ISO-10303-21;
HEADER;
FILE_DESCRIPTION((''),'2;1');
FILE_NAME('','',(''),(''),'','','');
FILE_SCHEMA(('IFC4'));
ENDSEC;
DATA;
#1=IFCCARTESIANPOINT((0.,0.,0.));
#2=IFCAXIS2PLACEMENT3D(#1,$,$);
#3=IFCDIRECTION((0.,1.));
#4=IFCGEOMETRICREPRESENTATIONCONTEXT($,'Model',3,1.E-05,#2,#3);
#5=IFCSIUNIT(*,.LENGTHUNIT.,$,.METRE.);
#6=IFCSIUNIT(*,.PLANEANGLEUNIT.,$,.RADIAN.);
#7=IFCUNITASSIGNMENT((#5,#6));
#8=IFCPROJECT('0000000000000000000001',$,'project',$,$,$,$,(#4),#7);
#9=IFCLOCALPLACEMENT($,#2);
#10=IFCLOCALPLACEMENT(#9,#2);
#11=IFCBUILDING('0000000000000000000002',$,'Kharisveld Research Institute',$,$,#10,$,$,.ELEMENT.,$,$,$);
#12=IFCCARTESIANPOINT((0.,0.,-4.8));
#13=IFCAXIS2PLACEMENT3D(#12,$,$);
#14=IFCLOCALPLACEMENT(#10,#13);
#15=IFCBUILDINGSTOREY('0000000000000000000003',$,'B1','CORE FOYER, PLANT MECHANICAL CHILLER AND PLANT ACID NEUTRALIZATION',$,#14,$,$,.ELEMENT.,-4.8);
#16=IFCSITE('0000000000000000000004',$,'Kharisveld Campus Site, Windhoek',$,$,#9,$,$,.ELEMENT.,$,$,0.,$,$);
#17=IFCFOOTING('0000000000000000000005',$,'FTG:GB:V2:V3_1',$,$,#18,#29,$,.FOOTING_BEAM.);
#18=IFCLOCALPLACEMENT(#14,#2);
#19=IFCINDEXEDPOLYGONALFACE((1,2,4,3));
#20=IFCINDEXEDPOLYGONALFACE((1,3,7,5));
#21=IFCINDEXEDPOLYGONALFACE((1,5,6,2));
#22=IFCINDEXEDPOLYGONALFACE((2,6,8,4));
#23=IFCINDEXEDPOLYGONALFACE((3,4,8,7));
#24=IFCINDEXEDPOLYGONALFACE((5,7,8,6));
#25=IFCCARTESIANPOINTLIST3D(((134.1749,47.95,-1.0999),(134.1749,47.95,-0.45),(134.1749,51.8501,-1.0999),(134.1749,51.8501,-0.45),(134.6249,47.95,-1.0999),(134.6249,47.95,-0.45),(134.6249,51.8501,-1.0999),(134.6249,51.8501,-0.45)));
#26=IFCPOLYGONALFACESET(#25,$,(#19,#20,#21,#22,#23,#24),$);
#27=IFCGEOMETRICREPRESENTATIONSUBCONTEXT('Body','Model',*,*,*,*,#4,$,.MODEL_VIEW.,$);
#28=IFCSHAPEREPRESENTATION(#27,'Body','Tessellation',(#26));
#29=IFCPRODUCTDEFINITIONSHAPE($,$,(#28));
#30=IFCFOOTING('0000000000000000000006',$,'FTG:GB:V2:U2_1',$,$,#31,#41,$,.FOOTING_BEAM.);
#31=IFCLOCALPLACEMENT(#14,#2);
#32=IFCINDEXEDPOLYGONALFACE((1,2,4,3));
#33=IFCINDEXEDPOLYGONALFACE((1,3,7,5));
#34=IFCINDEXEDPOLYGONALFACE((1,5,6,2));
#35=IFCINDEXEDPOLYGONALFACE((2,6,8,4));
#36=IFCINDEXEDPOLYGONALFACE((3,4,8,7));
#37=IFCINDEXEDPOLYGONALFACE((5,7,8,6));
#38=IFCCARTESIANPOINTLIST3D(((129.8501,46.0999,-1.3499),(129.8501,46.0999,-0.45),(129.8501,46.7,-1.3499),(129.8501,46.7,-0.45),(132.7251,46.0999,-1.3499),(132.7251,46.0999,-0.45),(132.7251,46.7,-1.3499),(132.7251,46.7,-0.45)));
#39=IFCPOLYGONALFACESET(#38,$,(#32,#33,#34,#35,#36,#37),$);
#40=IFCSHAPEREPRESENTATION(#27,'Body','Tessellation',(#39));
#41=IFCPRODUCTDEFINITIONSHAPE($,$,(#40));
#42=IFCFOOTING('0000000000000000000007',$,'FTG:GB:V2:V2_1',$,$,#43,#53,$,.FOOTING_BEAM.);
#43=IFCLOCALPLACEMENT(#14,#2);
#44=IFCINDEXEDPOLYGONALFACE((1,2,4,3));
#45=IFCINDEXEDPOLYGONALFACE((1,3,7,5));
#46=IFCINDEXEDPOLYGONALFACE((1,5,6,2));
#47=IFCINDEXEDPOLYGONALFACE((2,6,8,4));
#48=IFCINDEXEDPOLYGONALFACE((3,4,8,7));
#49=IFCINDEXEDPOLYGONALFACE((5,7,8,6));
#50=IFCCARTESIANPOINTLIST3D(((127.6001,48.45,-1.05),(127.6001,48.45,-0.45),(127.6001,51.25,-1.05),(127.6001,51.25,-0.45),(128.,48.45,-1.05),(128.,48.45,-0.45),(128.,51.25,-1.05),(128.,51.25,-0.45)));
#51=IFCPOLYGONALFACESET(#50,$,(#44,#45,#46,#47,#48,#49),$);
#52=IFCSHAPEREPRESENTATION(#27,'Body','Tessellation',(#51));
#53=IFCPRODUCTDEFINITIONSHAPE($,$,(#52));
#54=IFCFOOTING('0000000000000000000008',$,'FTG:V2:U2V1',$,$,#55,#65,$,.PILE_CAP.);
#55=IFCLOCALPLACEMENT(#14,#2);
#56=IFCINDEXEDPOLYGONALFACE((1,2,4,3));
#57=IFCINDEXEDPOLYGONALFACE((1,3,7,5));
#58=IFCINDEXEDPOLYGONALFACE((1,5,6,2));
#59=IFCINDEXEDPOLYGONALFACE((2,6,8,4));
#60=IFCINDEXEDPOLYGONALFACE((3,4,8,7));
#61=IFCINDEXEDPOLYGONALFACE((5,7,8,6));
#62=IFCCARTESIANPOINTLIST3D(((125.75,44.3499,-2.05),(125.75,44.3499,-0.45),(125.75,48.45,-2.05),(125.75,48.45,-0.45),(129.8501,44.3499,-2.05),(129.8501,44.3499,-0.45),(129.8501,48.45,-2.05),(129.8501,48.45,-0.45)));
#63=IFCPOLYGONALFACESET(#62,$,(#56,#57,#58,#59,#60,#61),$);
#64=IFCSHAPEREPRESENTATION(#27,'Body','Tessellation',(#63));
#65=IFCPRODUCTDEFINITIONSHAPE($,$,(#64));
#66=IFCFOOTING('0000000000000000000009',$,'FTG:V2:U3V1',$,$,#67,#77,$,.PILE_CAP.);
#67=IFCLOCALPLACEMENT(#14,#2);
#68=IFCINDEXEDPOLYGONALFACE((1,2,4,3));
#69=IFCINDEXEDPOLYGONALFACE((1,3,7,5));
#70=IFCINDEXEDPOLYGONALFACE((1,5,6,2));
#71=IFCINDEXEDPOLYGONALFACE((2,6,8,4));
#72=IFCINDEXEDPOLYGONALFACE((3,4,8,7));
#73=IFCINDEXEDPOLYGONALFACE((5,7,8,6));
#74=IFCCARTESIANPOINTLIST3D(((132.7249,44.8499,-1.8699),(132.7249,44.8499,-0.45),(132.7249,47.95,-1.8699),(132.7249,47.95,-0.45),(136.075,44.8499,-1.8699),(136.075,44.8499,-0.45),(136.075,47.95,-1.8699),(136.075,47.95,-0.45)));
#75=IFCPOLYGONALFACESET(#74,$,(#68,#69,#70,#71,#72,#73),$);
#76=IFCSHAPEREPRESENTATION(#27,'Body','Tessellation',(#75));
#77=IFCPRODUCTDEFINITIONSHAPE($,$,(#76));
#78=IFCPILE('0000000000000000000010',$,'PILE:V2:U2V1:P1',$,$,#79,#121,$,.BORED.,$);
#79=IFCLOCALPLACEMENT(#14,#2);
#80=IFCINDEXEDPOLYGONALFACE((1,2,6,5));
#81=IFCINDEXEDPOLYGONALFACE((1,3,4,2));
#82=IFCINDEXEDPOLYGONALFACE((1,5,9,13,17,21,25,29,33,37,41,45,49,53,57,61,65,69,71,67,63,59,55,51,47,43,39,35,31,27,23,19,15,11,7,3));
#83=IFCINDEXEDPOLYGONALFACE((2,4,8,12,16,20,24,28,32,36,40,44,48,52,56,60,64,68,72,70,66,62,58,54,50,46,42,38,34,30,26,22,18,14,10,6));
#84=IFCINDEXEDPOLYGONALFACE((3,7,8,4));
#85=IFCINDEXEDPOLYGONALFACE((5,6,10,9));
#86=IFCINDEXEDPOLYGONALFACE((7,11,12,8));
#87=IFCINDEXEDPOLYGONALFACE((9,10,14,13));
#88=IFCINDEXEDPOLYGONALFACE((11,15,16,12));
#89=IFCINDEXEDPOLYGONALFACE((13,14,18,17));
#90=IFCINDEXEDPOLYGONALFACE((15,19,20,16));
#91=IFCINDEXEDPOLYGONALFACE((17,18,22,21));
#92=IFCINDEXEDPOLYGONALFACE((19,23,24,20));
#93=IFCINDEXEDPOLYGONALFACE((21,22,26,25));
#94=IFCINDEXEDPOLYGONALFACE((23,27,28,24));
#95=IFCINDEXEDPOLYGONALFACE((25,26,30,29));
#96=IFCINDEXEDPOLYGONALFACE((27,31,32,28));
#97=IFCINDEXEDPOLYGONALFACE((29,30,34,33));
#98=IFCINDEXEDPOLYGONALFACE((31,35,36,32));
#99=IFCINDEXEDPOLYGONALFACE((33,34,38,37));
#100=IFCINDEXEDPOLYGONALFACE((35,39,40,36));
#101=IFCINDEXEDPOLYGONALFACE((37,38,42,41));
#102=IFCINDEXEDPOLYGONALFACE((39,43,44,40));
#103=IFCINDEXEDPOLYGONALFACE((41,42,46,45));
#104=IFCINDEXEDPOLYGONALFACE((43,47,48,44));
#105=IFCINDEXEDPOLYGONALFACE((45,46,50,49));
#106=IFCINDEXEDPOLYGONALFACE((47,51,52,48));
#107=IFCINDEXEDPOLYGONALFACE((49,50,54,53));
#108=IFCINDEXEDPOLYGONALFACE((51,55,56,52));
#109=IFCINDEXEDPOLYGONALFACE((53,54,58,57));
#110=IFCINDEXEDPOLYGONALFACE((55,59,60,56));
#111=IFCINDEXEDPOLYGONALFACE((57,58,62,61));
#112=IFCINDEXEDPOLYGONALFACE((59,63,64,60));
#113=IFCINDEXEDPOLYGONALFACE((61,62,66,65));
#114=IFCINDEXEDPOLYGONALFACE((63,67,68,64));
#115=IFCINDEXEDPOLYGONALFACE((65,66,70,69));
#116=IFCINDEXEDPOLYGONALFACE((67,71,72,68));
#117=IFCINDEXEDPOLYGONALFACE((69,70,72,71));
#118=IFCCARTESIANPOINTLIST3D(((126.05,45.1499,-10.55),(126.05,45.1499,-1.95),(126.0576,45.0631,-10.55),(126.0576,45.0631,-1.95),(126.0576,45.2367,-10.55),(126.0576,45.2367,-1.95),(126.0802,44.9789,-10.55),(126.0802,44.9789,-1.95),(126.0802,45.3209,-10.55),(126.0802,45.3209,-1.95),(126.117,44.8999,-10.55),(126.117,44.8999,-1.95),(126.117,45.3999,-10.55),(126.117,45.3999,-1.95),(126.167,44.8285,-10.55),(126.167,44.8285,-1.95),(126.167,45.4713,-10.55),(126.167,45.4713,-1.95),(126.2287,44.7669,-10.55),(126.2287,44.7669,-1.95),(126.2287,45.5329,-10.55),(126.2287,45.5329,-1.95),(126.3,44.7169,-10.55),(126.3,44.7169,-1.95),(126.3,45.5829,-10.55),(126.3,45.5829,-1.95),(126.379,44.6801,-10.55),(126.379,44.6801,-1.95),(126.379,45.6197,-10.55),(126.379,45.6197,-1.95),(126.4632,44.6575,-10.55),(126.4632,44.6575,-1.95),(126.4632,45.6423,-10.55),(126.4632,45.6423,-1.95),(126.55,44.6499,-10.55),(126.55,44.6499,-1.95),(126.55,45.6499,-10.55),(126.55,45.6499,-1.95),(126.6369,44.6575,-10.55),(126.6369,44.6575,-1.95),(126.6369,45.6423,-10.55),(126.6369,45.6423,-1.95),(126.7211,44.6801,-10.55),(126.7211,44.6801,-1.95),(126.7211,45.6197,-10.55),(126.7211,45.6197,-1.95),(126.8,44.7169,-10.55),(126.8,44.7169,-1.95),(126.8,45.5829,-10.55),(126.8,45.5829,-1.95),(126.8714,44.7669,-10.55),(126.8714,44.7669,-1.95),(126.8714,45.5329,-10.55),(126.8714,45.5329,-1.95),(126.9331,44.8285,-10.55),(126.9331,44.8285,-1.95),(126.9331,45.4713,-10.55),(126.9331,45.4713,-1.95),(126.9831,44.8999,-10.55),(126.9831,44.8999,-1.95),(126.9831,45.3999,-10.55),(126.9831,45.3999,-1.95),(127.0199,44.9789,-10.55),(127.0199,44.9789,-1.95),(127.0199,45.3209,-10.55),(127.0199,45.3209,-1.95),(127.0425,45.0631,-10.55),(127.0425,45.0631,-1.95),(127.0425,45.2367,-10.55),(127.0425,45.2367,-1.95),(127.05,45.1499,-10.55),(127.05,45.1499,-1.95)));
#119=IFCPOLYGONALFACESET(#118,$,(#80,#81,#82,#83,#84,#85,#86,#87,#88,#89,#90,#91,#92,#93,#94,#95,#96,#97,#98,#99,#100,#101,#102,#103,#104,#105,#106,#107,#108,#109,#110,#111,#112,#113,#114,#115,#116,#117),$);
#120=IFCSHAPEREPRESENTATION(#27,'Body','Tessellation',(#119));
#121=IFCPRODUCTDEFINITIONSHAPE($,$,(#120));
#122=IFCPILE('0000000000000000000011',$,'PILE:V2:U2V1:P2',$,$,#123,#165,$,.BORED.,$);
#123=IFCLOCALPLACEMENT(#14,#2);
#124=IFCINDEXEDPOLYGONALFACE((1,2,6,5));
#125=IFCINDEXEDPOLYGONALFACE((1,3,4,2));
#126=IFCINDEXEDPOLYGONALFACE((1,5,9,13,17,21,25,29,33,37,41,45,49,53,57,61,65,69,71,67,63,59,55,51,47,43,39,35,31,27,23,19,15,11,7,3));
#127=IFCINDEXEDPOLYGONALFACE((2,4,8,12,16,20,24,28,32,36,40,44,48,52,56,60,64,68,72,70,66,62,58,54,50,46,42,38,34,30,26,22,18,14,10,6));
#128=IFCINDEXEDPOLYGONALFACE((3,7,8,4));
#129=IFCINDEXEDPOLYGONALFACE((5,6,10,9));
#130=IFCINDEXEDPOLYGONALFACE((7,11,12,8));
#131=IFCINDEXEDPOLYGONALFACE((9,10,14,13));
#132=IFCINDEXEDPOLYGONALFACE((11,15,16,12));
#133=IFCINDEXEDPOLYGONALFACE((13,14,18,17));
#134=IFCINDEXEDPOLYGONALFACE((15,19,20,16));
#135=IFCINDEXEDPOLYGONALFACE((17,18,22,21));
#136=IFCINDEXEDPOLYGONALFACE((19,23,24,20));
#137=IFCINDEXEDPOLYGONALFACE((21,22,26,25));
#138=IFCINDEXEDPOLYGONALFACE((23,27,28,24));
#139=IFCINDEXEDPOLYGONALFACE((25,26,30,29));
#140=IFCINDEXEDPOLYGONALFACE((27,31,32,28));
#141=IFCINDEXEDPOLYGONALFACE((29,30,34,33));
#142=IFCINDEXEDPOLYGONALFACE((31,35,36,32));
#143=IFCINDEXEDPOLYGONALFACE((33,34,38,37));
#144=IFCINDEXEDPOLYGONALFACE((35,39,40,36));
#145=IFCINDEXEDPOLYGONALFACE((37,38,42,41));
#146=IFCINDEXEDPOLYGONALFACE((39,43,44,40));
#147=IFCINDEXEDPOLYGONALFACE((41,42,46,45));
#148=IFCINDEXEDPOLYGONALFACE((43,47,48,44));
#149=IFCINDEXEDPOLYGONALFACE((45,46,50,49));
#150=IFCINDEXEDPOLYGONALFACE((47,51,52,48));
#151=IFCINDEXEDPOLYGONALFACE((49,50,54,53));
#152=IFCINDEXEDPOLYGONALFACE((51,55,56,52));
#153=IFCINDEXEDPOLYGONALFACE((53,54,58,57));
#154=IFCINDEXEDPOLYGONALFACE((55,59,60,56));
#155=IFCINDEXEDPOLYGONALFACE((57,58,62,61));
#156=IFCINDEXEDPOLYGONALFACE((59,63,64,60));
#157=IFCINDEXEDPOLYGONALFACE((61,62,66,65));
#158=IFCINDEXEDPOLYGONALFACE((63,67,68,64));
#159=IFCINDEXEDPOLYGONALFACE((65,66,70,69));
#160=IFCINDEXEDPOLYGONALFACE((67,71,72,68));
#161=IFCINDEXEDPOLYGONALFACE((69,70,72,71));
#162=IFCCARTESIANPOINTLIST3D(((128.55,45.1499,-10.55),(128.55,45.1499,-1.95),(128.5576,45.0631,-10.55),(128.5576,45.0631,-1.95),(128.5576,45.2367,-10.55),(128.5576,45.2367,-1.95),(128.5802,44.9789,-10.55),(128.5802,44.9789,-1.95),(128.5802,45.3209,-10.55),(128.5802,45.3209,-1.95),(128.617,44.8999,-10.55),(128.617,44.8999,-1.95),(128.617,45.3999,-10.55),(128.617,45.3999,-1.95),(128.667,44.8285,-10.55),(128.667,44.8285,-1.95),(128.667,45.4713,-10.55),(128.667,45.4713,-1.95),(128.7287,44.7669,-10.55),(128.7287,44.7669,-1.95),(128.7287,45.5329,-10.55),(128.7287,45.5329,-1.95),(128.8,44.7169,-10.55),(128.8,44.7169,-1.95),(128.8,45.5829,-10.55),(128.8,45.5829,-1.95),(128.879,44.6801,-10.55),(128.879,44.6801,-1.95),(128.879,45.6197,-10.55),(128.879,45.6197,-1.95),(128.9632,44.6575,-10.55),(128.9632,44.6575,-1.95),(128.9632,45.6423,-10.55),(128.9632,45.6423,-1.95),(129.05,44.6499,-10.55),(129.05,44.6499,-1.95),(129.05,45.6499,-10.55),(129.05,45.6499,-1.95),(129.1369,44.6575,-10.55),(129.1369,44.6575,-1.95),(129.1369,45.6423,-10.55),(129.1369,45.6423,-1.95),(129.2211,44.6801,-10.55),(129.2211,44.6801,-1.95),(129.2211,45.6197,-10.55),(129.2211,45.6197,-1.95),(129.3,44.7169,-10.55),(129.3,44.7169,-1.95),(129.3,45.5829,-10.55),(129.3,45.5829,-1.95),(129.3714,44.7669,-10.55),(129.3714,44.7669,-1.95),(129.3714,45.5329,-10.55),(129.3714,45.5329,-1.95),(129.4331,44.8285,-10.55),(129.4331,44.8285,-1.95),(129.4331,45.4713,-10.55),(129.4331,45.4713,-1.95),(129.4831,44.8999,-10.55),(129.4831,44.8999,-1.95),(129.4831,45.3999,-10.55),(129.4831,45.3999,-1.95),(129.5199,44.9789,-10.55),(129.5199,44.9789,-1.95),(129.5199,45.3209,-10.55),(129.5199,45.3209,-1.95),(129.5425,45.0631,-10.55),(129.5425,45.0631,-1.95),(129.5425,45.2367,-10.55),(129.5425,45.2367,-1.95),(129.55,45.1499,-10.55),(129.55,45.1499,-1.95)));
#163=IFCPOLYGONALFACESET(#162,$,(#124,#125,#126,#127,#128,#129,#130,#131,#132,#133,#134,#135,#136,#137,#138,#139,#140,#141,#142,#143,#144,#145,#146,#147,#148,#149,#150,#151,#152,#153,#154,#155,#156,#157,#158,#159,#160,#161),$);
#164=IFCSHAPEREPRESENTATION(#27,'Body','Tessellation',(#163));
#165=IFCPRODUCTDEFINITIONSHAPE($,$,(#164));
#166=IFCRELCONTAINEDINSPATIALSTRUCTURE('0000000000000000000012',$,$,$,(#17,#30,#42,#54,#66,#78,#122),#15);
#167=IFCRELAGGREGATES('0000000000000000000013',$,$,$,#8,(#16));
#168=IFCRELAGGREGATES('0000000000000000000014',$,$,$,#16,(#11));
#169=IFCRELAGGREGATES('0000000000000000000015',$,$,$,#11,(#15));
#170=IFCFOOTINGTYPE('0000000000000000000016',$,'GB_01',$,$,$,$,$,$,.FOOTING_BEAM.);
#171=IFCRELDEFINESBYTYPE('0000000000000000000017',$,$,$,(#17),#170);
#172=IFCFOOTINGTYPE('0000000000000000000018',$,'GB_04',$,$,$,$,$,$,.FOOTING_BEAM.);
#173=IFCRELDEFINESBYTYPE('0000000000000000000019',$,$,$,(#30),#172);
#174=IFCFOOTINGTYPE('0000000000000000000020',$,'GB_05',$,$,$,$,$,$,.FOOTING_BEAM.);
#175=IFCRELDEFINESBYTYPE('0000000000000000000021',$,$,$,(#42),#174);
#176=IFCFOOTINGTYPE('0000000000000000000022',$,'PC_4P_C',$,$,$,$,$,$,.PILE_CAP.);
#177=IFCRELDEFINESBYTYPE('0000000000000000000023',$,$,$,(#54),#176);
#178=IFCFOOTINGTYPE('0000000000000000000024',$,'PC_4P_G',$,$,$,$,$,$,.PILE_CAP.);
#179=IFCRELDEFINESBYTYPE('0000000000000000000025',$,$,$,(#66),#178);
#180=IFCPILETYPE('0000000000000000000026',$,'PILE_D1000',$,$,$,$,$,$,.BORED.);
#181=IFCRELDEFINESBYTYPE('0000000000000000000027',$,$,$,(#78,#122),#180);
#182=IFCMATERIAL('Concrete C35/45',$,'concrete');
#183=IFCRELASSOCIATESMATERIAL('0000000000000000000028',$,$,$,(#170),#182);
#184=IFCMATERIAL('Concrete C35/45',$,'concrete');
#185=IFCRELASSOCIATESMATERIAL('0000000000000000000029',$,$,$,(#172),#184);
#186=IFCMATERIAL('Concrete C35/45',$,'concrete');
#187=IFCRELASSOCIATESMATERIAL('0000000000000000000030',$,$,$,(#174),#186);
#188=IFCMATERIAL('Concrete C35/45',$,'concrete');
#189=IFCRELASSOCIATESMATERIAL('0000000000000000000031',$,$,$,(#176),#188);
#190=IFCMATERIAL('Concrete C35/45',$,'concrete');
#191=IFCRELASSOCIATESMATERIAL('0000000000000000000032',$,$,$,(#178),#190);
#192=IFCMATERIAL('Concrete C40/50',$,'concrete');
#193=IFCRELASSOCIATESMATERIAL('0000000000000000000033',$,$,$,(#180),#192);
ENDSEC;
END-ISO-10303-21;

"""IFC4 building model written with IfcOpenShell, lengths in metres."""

from ifc_helpers import new_model, si_unit, direction, frame, origin, origin_2d, place, context, subcontext, project, spatial, rectangle, circle, extrude, material, material_profile, profile_set, type_object, element, save


model = new_model("IFC4")

# Units and contexts
model_context = context("Model", 3, precision=1e-05, world=origin(), true_north=direction((0.0, 1.0)))
body_context = subcontext(model_context, "Body", "Model", "MODEL_VIEW")
ifc_project = project(units=[si_unit("LENGTHUNIT", "METRE"), si_unit("PLANEANGLEUNIT", "RADIAN")], contexts=[model_context])

# Site, building, storey
site_placement = place(None, origin())
site = spatial("IfcSite", under=ifc_project, at=site_placement, Name="Kharisveld Campus Site, Windhoek", CompositionType="ELEMENT", RefElevation=0.0)
building_placement = place(site_placement, origin())
building = spatial("IfcBuilding", under=site, at=building_placement, Name="Kharisveld Research Institute", CompositionType="ELEMENT")
storey_placement = place(building_placement, frame((0.0, 0.0, -4.8)))
storey = spatial("IfcBuildingStorey", under=building, at=storey_placement, Name="B1", Description="CORE FOYER, PLANT MECHANICAL CHILLER AND PLANT ACID NEUTRALIZATION", CompositionType="ELEMENT", Elevation=-4.8)

# Footings
ifc_material_1 = material(Name="Concrete C35/45", Category="concrete")
ifc_material_profile_1 = material_profile(ifc_material_1, rectangle(XDim=0.45, YDim=0.6499, at=origin_2d()))
ifc_profile_set_1 = profile_set([ifc_material_profile_1], Name="Concrete C35/45")
footing_type_1 = type_object("IfcFootingType", Name="GB_01", PredefinedType="FOOTING_BEAM", material=ifc_profile_set_1)
footing_1_placement = place(storey_placement, frame((134.3999, 47.95, -0.7749), z_axis=(0.0, 1.0, 0.0), x_axis=(-1.0, 0.0, 0.0)))
element("IfcFooting", 1, at=footing_1_placement, inside=storey, type_object=footing_type_1, Name="FTG:GB:V2:V3_1", PredefinedType="FOOTING_BEAM", context=body_context, shape_type="SweptSolid", body=[
    extrude(rectangle(XDim=0.45, YDim=0.6499, at=origin_2d()), origin(), (0.0, 0.0, 1.0), 3.9001),
])
ifc_material_2 = material(Name="Concrete C35/45", Category="concrete")
ifc_material_profile_2 = material_profile(ifc_material_2, rectangle(XDim=0.6001, YDim=0.8999, at=origin_2d()))
ifc_profile_set_2 = profile_set([ifc_material_profile_2], Name="Concrete C35/45")
footing_type_2 = type_object("IfcFootingType", Name="GB_04", PredefinedType="FOOTING_BEAM", material=ifc_profile_set_2)
footing_2_placement = place(storey_placement, frame((129.8501, 46.3999, -0.8999), z_axis=(1.0, 0.0, 0.0), x_axis=(0.0, 1.0, 0.0)))
element("IfcFooting", 2, at=footing_2_placement, inside=storey, type_object=footing_type_2, Name="FTG:GB:V2:U2_1", PredefinedType="FOOTING_BEAM", context=body_context, shape_type="SweptSolid", body=[
    extrude(rectangle(XDim=0.6001, YDim=0.8999, at=origin_2d()), origin(), (0.0, 0.0, 1.0), 2.875),
])
ifc_material_3 = material(Name="Concrete C35/45", Category="concrete")
ifc_material_profile_3 = material_profile(ifc_material_3, rectangle(XDim=0.3999, YDim=0.6001, at=origin_2d()))
ifc_profile_set_3 = profile_set([ifc_material_profile_3], Name="Concrete C35/45")
footing_type_3 = type_object("IfcFootingType", Name="GB_05", PredefinedType="FOOTING_BEAM", material=ifc_profile_set_3)
footing_3_placement = place(storey_placement, frame((127.8, 48.45, -0.75), z_axis=(0.0, 1.0, 0.0), x_axis=(-1.0, 0.0, 0.0)))
element("IfcFooting", 3, at=footing_3_placement, inside=storey, type_object=footing_type_3, Name="FTG:GB:V2:V2_1", PredefinedType="FOOTING_BEAM", context=body_context, shape_type="SweptSolid", body=[
    extrude(rectangle(XDim=0.3999, YDim=0.6001, at=origin_2d()), origin(), (0.0, 0.0, 1.0), 2.8),
])
ifc_material_4 = material(Name="Concrete C35/45", Category="concrete")
footing_type_4 = type_object("IfcFootingType", Name="PC_4P_C", PredefinedType="PILE_CAP", material=ifc_material_4)
footing_4_placement = place(storey_placement, frame((127.8, 46.3999, -2.05), z_axis=(0.0, 0.0, 1.0), x_axis=(1.0, 0.0, 0.0)))
element("IfcFooting", 4, at=footing_4_placement, inside=storey, type_object=footing_type_4, Name="FTG:V2:U2V1", PredefinedType="PILE_CAP", context=body_context, shape_type="SweptSolid", body=[
    extrude(rectangle(XDim=4.1001, YDim=4.1001, at=origin_2d()), origin(), (0.0, 0.0, 1.0), 1.6001),
])
ifc_material_5 = material(Name="Concrete C35/45", Category="concrete")
footing_type_5 = type_object("IfcFootingType", Name="PC_4P_G", PredefinedType="PILE_CAP", material=ifc_material_5)
footing_5_placement = place(storey_placement, frame((134.3999, 46.3999, -1.8699), z_axis=(0.0, 0.0, 1.0), x_axis=(1.0, 0.0, 0.0)))
element("IfcFooting", 5, at=footing_5_placement, inside=storey, type_object=footing_type_5, Name="FTG:V2:U3V1", PredefinedType="PILE_CAP", context=body_context, shape_type="SweptSolid", body=[
    extrude(rectangle(XDim=3.3501, YDim=3.1001, at=origin_2d()), origin(), (0.0, 0.0, 1.0), 1.4199),
])

# Piles
ifc_material_6 = material(Name="Concrete C40/50", Category="concrete")
ifc_material_profile_4 = material_profile(ifc_material_6, circle(Radius=0.5, at=origin_2d()))
ifc_profile_set_4 = profile_set([ifc_material_profile_4], Name="Concrete C40/50")
pile_type_1 = type_object("IfcPileType", Name="PILE_D1000", PredefinedType="BORED", material=ifc_profile_set_4)
for number, where, z_axis, x_axis, name in (
    (6, (126.55, 45.1499, -1.95), (0.0, 0.0, -1.0), (1.0, 0.0, 0.0), "PILE:V2:U2V1:P1"),
    (7, (129.05, 45.1499, -1.95), (0.0, 0.0, -1.0), (1.0, 0.0, 0.0), "PILE:V2:U2V1:P2"),
):
    element("IfcPile", number, at=place(storey_placement, frame(where, z_axis=z_axis, x_axis=x_axis)), inside=storey, type_object=pile_type_1, Name=name, PredefinedType="BORED", context=body_context, shape_type="SweptSolid", body=[
        extrude(circle(Radius=0.5, at=origin_2d()), origin(), (0.0, 0.0, 1.0), 8.6001),
    ])

save(model, "model.ifc")
